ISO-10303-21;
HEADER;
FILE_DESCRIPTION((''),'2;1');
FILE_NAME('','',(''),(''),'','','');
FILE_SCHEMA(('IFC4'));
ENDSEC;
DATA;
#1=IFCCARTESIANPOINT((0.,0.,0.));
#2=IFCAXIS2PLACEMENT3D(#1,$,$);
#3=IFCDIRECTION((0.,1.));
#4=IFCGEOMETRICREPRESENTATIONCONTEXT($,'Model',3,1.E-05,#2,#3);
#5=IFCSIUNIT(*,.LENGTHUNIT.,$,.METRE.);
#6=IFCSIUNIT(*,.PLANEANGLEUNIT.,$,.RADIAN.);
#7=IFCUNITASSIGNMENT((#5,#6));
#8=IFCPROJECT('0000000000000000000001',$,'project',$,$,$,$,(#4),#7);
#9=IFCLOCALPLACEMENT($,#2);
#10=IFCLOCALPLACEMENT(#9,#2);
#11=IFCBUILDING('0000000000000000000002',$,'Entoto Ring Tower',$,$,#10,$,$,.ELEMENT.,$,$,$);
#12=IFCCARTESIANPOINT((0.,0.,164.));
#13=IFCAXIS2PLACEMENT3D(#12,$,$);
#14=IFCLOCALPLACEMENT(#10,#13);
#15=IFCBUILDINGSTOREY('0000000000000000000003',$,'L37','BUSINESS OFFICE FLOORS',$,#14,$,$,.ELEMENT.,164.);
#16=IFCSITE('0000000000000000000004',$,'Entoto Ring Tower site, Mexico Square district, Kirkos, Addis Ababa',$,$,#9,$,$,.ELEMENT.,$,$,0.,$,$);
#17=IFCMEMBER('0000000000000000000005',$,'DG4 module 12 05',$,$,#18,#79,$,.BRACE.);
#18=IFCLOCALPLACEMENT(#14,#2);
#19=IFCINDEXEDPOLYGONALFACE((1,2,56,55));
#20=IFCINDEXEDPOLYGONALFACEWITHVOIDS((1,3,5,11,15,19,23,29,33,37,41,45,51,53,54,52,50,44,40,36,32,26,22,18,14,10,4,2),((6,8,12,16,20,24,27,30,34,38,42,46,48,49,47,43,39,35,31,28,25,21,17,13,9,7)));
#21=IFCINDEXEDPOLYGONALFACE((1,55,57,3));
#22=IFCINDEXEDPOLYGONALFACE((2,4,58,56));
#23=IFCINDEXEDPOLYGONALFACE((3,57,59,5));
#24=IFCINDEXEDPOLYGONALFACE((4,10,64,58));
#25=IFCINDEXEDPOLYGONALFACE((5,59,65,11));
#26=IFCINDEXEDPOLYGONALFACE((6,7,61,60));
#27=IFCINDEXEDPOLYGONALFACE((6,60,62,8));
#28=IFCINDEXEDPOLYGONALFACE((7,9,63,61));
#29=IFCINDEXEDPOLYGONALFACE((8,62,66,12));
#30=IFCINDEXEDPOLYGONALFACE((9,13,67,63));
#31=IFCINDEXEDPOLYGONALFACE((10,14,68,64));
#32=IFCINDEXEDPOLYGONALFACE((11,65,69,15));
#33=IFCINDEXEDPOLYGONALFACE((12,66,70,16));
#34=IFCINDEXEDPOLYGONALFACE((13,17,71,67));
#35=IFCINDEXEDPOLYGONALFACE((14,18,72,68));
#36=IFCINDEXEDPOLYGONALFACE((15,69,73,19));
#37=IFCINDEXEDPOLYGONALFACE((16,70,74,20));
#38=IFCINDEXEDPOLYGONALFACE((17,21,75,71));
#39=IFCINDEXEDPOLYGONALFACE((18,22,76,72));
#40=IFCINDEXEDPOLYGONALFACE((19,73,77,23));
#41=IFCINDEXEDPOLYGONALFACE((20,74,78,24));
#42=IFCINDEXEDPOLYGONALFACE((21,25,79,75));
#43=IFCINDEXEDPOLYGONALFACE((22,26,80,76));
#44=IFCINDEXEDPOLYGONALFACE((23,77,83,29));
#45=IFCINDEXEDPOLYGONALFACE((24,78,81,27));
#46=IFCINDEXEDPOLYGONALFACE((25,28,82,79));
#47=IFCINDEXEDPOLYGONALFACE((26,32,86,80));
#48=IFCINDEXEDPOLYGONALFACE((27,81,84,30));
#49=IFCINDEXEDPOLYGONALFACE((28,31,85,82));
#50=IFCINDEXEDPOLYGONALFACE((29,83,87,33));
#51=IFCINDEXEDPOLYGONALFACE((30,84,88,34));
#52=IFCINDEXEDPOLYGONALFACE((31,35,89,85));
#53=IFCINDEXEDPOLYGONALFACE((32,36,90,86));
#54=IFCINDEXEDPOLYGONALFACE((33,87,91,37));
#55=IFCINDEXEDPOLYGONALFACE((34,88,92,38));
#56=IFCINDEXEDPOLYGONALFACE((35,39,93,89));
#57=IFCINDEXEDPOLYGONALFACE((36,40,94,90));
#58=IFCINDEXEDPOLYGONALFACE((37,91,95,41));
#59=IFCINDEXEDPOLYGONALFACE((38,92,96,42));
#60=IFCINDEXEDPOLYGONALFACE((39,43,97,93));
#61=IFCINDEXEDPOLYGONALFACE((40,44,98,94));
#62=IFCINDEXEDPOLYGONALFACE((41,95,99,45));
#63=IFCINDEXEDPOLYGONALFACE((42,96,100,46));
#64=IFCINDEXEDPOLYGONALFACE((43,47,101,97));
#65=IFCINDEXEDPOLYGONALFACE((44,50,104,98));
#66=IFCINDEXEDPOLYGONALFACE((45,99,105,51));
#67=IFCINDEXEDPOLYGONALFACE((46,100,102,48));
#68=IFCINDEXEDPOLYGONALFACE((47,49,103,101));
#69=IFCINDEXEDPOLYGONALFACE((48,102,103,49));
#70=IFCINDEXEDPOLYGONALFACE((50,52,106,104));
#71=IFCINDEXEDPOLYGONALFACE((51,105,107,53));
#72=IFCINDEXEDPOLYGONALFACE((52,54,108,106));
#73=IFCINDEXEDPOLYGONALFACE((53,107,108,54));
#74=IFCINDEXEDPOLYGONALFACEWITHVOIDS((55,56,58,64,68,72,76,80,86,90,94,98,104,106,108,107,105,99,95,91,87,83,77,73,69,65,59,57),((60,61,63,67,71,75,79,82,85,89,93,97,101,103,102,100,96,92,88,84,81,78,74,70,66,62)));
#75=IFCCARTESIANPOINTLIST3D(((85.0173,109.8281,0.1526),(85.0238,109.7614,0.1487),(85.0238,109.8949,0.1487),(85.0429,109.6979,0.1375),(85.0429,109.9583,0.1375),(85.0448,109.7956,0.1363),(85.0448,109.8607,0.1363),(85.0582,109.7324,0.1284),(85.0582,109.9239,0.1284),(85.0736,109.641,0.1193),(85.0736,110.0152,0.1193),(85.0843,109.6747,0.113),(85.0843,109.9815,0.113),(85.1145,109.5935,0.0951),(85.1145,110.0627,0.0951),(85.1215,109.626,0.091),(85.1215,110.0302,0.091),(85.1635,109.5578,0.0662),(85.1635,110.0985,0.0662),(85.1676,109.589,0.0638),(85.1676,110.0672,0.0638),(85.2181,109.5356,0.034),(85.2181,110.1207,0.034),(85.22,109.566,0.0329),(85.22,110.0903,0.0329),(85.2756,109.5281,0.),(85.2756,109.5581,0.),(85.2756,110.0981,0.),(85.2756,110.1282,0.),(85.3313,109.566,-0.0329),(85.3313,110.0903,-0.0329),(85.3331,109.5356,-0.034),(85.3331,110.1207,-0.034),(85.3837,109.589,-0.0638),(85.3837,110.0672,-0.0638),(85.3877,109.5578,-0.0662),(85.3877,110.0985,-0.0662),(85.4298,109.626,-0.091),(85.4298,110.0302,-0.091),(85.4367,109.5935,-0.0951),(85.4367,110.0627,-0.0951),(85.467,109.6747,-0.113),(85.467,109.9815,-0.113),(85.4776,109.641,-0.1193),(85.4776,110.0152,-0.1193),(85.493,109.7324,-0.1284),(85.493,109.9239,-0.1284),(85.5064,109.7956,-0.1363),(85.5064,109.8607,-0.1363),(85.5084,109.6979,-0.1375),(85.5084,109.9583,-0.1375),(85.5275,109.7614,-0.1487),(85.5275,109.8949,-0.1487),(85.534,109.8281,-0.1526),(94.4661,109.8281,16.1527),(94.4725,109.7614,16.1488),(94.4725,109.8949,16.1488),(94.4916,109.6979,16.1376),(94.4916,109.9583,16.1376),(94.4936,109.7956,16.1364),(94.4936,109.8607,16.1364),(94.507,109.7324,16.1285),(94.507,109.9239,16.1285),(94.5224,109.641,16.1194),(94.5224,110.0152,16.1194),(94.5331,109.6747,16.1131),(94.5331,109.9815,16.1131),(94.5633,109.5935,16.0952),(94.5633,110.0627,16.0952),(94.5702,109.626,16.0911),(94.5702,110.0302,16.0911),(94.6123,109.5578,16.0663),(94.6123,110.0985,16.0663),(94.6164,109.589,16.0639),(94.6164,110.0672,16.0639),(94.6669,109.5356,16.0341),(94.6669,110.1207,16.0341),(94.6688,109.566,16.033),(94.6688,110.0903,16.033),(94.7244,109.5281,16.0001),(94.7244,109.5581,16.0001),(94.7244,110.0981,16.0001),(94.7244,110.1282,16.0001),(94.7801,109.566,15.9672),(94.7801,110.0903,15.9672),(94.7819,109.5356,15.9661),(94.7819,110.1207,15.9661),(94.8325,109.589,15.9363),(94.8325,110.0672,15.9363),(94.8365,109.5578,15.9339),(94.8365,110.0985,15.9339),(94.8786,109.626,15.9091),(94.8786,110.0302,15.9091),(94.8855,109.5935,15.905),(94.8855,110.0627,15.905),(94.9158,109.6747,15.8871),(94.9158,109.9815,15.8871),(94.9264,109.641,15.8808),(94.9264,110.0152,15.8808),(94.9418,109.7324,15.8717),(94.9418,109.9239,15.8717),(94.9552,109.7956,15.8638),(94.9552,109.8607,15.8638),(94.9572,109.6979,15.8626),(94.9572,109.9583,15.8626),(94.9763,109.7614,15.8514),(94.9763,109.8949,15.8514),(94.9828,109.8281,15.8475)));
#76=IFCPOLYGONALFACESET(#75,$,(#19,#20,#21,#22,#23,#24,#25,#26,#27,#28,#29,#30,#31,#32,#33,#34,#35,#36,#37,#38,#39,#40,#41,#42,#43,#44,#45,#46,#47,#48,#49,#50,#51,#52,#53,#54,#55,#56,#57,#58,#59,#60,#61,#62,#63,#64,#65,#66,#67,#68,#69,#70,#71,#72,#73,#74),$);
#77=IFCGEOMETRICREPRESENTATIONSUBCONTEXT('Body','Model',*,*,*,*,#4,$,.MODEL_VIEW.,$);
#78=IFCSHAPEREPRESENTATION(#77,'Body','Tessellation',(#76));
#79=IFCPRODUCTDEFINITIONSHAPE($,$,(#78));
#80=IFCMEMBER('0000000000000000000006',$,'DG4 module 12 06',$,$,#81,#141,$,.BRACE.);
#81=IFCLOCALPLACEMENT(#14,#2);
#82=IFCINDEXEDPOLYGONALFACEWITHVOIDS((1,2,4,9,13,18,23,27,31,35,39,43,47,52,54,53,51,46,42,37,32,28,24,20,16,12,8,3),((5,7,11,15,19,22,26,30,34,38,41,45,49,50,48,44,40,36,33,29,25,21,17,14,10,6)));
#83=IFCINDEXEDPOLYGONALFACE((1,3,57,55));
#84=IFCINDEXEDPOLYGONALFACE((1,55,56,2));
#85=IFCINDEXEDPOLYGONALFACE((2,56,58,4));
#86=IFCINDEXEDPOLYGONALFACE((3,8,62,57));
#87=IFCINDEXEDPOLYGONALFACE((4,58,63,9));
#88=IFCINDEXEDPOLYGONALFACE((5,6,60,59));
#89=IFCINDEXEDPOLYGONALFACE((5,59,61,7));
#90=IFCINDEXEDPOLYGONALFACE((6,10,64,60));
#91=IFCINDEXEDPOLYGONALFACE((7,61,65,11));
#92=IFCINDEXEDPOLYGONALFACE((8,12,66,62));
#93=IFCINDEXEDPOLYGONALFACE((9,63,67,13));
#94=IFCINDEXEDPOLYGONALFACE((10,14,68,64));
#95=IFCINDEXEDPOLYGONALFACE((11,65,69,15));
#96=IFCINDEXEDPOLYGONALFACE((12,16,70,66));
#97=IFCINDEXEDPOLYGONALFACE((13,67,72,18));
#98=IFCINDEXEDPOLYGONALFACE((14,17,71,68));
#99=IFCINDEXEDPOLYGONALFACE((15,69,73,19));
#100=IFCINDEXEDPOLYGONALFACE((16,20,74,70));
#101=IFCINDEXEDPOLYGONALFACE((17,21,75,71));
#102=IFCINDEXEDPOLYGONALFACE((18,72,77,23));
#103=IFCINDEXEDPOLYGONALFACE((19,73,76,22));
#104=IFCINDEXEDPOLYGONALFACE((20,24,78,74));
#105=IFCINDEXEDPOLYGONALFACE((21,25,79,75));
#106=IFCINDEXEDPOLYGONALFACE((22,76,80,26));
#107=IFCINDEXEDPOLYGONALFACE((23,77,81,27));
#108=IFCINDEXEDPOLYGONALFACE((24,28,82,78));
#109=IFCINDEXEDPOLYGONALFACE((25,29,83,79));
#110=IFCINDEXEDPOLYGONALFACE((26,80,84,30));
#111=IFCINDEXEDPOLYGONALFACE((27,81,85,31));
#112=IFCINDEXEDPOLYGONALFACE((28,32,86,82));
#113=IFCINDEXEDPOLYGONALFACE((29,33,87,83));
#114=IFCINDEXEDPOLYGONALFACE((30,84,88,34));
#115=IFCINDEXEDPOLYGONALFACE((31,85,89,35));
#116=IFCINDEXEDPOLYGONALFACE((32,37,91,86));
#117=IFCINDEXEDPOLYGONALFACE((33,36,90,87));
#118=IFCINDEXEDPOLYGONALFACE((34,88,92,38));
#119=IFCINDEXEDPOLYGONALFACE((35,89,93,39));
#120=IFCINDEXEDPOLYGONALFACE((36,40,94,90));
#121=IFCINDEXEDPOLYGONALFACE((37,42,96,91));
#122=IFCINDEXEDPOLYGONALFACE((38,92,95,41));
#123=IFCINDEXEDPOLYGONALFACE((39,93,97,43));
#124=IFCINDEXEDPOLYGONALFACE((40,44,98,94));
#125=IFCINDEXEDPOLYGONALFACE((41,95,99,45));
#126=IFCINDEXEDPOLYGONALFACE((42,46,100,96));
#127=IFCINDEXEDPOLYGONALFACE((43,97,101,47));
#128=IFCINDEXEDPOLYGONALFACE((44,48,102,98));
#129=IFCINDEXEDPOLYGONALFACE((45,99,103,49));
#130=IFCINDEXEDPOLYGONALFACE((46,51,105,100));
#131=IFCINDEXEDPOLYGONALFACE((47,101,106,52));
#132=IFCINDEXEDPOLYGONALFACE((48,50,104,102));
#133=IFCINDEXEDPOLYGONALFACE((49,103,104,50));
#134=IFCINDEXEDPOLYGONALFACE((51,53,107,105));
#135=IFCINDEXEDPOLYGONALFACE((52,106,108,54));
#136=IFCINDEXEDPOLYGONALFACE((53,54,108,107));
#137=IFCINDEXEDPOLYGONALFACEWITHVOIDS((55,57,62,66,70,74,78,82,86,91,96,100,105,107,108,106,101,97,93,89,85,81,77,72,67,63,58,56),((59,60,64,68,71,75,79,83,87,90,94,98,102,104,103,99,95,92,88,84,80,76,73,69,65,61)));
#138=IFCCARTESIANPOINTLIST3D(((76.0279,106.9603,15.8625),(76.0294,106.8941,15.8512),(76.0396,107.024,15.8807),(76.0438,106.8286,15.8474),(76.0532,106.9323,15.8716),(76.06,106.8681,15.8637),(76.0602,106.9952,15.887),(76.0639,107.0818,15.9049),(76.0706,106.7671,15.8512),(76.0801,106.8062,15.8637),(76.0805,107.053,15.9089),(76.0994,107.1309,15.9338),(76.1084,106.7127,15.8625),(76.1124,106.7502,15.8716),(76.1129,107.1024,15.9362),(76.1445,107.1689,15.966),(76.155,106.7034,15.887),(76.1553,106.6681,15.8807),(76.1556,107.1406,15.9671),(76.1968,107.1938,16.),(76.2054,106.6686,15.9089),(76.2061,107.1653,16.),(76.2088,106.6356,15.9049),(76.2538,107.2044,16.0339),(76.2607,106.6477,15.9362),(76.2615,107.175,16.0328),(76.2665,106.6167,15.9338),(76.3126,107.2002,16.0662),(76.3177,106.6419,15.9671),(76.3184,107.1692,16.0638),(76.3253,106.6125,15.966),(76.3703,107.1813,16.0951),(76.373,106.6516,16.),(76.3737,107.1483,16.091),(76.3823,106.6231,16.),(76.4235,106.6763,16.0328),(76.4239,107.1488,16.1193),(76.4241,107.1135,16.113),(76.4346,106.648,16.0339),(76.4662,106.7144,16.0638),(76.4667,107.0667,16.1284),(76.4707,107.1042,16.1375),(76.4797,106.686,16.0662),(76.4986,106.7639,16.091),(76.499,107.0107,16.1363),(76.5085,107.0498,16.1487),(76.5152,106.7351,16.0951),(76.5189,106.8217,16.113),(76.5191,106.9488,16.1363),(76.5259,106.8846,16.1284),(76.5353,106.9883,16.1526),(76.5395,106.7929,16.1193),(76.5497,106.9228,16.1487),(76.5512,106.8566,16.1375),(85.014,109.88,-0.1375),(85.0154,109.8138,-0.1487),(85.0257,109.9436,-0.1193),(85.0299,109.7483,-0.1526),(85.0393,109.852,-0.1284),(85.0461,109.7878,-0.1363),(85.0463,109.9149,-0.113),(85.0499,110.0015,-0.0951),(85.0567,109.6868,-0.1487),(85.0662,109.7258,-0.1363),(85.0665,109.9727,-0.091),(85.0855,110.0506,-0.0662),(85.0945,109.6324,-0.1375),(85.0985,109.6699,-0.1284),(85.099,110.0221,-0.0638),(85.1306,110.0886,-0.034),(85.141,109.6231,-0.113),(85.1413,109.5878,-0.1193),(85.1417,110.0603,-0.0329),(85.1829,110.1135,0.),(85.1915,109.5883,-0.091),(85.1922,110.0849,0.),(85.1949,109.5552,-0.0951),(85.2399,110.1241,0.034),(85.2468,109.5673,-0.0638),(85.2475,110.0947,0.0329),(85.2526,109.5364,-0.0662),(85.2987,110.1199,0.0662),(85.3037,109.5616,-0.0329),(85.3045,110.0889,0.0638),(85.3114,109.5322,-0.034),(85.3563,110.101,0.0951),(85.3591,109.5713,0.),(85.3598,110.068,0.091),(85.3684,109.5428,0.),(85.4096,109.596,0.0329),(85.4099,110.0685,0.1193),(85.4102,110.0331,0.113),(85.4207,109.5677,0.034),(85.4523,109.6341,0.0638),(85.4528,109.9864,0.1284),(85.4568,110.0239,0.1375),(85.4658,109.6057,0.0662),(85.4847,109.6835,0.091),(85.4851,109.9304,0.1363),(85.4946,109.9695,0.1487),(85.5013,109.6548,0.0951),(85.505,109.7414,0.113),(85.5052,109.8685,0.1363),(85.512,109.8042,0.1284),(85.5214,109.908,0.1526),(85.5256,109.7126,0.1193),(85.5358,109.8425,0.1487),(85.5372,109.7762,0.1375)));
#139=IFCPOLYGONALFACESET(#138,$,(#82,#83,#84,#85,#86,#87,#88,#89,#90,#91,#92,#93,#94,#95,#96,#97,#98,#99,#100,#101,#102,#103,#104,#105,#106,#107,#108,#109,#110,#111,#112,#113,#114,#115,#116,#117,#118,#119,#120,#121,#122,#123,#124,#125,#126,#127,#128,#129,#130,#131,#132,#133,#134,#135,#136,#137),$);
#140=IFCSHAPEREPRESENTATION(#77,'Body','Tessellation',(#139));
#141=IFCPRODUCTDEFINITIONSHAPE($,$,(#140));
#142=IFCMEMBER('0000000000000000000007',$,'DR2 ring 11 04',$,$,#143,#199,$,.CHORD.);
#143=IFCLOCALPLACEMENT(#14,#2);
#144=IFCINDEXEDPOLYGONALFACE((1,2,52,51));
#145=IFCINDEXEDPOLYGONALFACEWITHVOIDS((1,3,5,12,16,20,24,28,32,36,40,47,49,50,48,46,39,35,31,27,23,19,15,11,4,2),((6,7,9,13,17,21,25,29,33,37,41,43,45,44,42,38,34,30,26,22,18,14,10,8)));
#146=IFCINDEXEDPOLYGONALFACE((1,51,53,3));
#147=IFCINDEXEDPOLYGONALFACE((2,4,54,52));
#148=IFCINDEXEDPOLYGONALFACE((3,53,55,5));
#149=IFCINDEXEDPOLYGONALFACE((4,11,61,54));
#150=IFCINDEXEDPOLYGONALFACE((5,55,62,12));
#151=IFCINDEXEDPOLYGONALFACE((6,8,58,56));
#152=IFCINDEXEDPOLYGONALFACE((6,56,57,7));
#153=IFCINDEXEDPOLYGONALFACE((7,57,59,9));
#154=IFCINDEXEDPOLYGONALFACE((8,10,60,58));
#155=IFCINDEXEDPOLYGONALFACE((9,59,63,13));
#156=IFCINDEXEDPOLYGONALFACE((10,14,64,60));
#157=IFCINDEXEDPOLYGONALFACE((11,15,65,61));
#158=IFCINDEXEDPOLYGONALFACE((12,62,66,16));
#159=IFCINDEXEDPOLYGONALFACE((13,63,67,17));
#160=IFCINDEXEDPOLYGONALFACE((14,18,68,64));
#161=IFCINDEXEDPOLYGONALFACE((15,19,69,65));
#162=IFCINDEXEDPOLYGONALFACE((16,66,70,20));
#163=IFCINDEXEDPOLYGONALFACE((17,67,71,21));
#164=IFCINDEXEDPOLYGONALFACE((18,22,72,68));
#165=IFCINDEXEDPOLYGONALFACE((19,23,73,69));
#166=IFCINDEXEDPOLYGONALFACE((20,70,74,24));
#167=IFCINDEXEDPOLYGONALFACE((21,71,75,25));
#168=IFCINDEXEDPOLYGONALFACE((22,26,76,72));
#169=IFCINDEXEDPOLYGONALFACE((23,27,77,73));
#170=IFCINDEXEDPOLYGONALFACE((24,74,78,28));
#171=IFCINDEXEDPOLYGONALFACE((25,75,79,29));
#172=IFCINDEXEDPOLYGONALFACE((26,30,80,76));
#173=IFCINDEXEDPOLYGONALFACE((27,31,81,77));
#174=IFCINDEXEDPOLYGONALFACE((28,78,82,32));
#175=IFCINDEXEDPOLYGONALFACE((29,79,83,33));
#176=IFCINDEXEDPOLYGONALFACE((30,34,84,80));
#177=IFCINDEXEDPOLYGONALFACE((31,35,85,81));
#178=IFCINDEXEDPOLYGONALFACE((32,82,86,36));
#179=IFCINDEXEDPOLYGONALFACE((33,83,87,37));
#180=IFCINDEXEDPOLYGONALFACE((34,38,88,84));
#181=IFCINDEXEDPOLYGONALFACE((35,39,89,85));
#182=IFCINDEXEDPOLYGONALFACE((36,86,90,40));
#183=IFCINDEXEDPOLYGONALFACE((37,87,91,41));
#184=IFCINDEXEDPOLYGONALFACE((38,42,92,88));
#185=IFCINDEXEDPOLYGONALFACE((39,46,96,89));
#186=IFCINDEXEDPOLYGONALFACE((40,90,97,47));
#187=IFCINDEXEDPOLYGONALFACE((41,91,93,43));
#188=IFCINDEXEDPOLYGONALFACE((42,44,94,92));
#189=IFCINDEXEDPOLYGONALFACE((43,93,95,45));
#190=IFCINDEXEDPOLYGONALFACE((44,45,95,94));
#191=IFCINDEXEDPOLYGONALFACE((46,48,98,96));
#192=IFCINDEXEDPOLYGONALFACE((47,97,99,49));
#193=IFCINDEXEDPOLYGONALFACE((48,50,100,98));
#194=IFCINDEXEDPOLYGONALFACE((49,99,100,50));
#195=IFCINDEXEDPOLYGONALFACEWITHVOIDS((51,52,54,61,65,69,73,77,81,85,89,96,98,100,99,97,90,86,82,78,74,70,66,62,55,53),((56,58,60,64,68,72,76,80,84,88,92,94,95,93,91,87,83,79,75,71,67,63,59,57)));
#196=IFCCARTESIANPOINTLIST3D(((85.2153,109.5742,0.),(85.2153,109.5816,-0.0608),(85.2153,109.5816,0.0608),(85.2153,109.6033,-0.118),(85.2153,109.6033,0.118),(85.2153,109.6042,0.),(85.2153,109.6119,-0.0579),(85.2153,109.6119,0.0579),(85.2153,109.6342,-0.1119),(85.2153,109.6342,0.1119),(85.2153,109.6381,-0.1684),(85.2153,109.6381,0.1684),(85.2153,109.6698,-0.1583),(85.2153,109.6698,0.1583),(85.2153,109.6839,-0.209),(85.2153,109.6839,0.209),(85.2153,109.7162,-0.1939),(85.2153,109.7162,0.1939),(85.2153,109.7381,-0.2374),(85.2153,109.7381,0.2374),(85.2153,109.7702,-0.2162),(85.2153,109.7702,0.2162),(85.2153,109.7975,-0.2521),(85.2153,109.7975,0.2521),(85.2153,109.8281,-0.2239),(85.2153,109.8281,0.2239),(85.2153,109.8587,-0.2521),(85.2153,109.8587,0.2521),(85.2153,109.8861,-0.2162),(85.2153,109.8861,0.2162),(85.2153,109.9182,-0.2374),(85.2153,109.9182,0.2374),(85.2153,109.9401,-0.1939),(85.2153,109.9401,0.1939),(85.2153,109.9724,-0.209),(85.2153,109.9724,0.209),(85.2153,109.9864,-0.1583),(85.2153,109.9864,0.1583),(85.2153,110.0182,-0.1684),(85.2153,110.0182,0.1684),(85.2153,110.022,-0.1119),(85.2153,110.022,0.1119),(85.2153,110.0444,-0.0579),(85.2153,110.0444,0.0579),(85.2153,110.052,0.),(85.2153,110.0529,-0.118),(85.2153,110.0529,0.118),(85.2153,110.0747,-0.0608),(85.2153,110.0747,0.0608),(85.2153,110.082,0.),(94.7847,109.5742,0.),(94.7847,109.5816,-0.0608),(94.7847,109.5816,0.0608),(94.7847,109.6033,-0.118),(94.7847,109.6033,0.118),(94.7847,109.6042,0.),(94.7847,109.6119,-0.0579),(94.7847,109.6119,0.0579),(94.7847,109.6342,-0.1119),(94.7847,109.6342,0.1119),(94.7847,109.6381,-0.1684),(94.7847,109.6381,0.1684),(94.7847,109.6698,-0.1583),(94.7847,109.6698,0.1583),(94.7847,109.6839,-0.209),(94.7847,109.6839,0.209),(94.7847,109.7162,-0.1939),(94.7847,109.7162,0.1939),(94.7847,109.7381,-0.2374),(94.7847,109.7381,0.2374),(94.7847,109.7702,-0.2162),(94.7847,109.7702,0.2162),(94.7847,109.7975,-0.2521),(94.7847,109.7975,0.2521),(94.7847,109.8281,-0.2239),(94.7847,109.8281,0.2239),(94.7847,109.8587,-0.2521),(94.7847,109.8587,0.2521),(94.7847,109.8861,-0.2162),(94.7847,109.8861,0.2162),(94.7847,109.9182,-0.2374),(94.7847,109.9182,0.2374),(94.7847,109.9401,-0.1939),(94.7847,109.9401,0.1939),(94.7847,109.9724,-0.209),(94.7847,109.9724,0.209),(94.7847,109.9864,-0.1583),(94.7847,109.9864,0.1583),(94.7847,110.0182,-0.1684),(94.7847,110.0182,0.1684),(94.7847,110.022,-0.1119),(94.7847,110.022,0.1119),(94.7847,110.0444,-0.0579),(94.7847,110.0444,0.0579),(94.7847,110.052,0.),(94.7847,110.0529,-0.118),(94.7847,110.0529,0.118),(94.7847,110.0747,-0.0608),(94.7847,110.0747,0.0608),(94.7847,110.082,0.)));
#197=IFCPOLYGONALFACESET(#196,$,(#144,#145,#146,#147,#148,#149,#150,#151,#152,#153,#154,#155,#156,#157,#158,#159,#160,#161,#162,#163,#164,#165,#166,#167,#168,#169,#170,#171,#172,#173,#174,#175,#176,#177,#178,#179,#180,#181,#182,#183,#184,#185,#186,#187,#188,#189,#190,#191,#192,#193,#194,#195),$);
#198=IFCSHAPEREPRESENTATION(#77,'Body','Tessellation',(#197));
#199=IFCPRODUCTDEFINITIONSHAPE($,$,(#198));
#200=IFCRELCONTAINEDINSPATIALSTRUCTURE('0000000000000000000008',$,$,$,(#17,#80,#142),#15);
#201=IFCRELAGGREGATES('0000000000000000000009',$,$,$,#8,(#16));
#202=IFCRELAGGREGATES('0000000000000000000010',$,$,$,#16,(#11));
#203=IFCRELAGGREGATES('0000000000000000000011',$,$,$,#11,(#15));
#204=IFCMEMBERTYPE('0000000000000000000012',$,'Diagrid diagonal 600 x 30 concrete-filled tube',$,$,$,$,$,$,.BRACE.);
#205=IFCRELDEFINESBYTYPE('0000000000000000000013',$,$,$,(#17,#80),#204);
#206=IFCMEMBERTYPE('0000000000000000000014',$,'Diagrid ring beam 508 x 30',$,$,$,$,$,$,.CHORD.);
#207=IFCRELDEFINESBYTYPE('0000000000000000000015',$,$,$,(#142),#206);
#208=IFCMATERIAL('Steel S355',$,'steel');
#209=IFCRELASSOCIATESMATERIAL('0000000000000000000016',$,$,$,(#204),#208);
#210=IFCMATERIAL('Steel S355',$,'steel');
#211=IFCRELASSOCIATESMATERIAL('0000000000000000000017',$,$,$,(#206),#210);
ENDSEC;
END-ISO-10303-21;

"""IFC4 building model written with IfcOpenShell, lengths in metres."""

from ifc_helpers import new_model, si_unit, direction, frame, origin, origin_2d, place, context, subcontext, project, spatial, circle, hollow_circle, extrude, material, material_profile, profile_set, type_object, element, save


model = new_model("IFC4")

# Units and contexts
model_context = context("Model", 3, precision=1e-05, world=origin(), true_north=direction((0.0, 1.0)))
body_context = subcontext(model_context, "Body", "Model", "MODEL_VIEW")
ifc_project = project(units=[si_unit("LENGTHUNIT", "METRE"), si_unit("PLANEANGLEUNIT", "RADIAN")], contexts=[model_context])

# Site, building, storey
site_placement = place(None, origin())
site = spatial("IfcSite", under=ifc_project, at=site_placement, Name="Entoto Ring Tower site, Mexico Square district, Kirkos, Addis Ababa", CompositionType="ELEMENT", RefElevation=0.0)
building_placement = place(site_placement, origin())
building = spatial("IfcBuilding", under=site, at=building_placement, Name="Entoto Ring Tower", CompositionType="ELEMENT")
storey_placement = place(building_placement, frame((0.0, 0.0, 164.0)))
storey = spatial("IfcBuildingStorey", under=building, at=storey_placement, Name="L37", Description="BUSINESS OFFICE FLOORS", CompositionType="ELEMENT", Elevation=164.0)

# Members
ifc_material_1 = material(Name="Steel S355", Category="steel")
ifc_material_profile_1 = material_profile(ifc_material_1, hollow_circle(Radius=0.3, WallThickness=0.03, at=origin_2d()), Name="CHS 600 x 30")
ifc_material_2 = material(Name="Concrete C60/75", Category="concrete")
ifc_material_profile_2 = material_profile(ifc_material_2, circle(Radius=0.27, at=origin_2d()), Name="Concrete C60/75 infill")
ifc_profile_set_1 = profile_set([ifc_material_profile_1, ifc_material_profile_2], Name="Steel S355")
member_type_1 = type_object("IfcMemberType", Name="Diagrid diagonal 600 x 30 concrete-filled tube", PredefinedType="BRACE", material=ifc_profile_set_1)
member_1_placement = place(storey_placement, frame((85.2756, 109.8281, 0.0), z_axis=(0.508497, 0.0, 0.861064), x_axis=(0.0, 1.0, 0.0)))
element("IfcMember", 1, at=member_1_placement, inside=storey, type_object=member_type_1, Name="DG4 module 12 05", PredefinedType="BRACE", context=body_context, shape_type="SweptSolid", body=[
    extrude(hollow_circle(Radius=0.3, WallThickness=0.03, at=origin_2d()), origin(), (0.0, 0.0, 1.0), 18.5818),
])
member_2_placement = place(storey_placement, frame((85.2756, 109.8281, 0.0), z_axis=(-0.483602, -0.157128, 0.861069), x_axis=(0.30901, -0.951059, 0.0)))
element("IfcMember", 2, at=member_2_placement, inside=storey, type_object=member_type_1, Name="DG4 module 12 06", PredefinedType="BRACE", context=body_context, shape_type="SweptSolid", body=[
    extrude(hollow_circle(Radius=0.3, WallThickness=0.03, at=origin_2d()), origin(), (0.0, 0.0, 1.0), 18.5815),
])
ifc_material_3 = material(Name="Steel S355", Category="steel")
ifc_material_profile_3 = material_profile(ifc_material_3, hollow_circle(Radius=0.2539, WallThickness=0.03, at=origin_2d()), Name="CHS 508 x 30")
ifc_material_4 = material(Name="Concrete C60/75", Category="concrete")
ifc_material_profile_4 = material_profile(ifc_material_4, circle(Radius=0.2241, at=origin_2d()), Name="Concrete C60/75 infill")
ifc_profile_set_2 = profile_set([ifc_material_profile_3, ifc_material_profile_4], Name="Steel S355")
member_type_2 = type_object("IfcMemberType", Name="Diagrid ring beam 508 x 30", PredefinedType="CHORD", material=ifc_profile_set_2)
member_3_placement = place(storey_placement, frame((94.7847, 109.8281, 0.0), z_axis=(-1.0, 0.0, 0.0), x_axis=(0.0, -1.0, 0.0)))
element("IfcMember", 3, at=member_3_placement, inside=storey, type_object=member_type_2, Name="DR2 ring 11 04", PredefinedType="CHORD", context=body_context, shape_type="SweptSolid", body=[
    extrude(hollow_circle(Radius=0.2539, WallThickness=0.03, at=origin_2d()), origin(), (0.0, 0.0, 1.0), 9.5693),
])

save(model, "model.ifc")
